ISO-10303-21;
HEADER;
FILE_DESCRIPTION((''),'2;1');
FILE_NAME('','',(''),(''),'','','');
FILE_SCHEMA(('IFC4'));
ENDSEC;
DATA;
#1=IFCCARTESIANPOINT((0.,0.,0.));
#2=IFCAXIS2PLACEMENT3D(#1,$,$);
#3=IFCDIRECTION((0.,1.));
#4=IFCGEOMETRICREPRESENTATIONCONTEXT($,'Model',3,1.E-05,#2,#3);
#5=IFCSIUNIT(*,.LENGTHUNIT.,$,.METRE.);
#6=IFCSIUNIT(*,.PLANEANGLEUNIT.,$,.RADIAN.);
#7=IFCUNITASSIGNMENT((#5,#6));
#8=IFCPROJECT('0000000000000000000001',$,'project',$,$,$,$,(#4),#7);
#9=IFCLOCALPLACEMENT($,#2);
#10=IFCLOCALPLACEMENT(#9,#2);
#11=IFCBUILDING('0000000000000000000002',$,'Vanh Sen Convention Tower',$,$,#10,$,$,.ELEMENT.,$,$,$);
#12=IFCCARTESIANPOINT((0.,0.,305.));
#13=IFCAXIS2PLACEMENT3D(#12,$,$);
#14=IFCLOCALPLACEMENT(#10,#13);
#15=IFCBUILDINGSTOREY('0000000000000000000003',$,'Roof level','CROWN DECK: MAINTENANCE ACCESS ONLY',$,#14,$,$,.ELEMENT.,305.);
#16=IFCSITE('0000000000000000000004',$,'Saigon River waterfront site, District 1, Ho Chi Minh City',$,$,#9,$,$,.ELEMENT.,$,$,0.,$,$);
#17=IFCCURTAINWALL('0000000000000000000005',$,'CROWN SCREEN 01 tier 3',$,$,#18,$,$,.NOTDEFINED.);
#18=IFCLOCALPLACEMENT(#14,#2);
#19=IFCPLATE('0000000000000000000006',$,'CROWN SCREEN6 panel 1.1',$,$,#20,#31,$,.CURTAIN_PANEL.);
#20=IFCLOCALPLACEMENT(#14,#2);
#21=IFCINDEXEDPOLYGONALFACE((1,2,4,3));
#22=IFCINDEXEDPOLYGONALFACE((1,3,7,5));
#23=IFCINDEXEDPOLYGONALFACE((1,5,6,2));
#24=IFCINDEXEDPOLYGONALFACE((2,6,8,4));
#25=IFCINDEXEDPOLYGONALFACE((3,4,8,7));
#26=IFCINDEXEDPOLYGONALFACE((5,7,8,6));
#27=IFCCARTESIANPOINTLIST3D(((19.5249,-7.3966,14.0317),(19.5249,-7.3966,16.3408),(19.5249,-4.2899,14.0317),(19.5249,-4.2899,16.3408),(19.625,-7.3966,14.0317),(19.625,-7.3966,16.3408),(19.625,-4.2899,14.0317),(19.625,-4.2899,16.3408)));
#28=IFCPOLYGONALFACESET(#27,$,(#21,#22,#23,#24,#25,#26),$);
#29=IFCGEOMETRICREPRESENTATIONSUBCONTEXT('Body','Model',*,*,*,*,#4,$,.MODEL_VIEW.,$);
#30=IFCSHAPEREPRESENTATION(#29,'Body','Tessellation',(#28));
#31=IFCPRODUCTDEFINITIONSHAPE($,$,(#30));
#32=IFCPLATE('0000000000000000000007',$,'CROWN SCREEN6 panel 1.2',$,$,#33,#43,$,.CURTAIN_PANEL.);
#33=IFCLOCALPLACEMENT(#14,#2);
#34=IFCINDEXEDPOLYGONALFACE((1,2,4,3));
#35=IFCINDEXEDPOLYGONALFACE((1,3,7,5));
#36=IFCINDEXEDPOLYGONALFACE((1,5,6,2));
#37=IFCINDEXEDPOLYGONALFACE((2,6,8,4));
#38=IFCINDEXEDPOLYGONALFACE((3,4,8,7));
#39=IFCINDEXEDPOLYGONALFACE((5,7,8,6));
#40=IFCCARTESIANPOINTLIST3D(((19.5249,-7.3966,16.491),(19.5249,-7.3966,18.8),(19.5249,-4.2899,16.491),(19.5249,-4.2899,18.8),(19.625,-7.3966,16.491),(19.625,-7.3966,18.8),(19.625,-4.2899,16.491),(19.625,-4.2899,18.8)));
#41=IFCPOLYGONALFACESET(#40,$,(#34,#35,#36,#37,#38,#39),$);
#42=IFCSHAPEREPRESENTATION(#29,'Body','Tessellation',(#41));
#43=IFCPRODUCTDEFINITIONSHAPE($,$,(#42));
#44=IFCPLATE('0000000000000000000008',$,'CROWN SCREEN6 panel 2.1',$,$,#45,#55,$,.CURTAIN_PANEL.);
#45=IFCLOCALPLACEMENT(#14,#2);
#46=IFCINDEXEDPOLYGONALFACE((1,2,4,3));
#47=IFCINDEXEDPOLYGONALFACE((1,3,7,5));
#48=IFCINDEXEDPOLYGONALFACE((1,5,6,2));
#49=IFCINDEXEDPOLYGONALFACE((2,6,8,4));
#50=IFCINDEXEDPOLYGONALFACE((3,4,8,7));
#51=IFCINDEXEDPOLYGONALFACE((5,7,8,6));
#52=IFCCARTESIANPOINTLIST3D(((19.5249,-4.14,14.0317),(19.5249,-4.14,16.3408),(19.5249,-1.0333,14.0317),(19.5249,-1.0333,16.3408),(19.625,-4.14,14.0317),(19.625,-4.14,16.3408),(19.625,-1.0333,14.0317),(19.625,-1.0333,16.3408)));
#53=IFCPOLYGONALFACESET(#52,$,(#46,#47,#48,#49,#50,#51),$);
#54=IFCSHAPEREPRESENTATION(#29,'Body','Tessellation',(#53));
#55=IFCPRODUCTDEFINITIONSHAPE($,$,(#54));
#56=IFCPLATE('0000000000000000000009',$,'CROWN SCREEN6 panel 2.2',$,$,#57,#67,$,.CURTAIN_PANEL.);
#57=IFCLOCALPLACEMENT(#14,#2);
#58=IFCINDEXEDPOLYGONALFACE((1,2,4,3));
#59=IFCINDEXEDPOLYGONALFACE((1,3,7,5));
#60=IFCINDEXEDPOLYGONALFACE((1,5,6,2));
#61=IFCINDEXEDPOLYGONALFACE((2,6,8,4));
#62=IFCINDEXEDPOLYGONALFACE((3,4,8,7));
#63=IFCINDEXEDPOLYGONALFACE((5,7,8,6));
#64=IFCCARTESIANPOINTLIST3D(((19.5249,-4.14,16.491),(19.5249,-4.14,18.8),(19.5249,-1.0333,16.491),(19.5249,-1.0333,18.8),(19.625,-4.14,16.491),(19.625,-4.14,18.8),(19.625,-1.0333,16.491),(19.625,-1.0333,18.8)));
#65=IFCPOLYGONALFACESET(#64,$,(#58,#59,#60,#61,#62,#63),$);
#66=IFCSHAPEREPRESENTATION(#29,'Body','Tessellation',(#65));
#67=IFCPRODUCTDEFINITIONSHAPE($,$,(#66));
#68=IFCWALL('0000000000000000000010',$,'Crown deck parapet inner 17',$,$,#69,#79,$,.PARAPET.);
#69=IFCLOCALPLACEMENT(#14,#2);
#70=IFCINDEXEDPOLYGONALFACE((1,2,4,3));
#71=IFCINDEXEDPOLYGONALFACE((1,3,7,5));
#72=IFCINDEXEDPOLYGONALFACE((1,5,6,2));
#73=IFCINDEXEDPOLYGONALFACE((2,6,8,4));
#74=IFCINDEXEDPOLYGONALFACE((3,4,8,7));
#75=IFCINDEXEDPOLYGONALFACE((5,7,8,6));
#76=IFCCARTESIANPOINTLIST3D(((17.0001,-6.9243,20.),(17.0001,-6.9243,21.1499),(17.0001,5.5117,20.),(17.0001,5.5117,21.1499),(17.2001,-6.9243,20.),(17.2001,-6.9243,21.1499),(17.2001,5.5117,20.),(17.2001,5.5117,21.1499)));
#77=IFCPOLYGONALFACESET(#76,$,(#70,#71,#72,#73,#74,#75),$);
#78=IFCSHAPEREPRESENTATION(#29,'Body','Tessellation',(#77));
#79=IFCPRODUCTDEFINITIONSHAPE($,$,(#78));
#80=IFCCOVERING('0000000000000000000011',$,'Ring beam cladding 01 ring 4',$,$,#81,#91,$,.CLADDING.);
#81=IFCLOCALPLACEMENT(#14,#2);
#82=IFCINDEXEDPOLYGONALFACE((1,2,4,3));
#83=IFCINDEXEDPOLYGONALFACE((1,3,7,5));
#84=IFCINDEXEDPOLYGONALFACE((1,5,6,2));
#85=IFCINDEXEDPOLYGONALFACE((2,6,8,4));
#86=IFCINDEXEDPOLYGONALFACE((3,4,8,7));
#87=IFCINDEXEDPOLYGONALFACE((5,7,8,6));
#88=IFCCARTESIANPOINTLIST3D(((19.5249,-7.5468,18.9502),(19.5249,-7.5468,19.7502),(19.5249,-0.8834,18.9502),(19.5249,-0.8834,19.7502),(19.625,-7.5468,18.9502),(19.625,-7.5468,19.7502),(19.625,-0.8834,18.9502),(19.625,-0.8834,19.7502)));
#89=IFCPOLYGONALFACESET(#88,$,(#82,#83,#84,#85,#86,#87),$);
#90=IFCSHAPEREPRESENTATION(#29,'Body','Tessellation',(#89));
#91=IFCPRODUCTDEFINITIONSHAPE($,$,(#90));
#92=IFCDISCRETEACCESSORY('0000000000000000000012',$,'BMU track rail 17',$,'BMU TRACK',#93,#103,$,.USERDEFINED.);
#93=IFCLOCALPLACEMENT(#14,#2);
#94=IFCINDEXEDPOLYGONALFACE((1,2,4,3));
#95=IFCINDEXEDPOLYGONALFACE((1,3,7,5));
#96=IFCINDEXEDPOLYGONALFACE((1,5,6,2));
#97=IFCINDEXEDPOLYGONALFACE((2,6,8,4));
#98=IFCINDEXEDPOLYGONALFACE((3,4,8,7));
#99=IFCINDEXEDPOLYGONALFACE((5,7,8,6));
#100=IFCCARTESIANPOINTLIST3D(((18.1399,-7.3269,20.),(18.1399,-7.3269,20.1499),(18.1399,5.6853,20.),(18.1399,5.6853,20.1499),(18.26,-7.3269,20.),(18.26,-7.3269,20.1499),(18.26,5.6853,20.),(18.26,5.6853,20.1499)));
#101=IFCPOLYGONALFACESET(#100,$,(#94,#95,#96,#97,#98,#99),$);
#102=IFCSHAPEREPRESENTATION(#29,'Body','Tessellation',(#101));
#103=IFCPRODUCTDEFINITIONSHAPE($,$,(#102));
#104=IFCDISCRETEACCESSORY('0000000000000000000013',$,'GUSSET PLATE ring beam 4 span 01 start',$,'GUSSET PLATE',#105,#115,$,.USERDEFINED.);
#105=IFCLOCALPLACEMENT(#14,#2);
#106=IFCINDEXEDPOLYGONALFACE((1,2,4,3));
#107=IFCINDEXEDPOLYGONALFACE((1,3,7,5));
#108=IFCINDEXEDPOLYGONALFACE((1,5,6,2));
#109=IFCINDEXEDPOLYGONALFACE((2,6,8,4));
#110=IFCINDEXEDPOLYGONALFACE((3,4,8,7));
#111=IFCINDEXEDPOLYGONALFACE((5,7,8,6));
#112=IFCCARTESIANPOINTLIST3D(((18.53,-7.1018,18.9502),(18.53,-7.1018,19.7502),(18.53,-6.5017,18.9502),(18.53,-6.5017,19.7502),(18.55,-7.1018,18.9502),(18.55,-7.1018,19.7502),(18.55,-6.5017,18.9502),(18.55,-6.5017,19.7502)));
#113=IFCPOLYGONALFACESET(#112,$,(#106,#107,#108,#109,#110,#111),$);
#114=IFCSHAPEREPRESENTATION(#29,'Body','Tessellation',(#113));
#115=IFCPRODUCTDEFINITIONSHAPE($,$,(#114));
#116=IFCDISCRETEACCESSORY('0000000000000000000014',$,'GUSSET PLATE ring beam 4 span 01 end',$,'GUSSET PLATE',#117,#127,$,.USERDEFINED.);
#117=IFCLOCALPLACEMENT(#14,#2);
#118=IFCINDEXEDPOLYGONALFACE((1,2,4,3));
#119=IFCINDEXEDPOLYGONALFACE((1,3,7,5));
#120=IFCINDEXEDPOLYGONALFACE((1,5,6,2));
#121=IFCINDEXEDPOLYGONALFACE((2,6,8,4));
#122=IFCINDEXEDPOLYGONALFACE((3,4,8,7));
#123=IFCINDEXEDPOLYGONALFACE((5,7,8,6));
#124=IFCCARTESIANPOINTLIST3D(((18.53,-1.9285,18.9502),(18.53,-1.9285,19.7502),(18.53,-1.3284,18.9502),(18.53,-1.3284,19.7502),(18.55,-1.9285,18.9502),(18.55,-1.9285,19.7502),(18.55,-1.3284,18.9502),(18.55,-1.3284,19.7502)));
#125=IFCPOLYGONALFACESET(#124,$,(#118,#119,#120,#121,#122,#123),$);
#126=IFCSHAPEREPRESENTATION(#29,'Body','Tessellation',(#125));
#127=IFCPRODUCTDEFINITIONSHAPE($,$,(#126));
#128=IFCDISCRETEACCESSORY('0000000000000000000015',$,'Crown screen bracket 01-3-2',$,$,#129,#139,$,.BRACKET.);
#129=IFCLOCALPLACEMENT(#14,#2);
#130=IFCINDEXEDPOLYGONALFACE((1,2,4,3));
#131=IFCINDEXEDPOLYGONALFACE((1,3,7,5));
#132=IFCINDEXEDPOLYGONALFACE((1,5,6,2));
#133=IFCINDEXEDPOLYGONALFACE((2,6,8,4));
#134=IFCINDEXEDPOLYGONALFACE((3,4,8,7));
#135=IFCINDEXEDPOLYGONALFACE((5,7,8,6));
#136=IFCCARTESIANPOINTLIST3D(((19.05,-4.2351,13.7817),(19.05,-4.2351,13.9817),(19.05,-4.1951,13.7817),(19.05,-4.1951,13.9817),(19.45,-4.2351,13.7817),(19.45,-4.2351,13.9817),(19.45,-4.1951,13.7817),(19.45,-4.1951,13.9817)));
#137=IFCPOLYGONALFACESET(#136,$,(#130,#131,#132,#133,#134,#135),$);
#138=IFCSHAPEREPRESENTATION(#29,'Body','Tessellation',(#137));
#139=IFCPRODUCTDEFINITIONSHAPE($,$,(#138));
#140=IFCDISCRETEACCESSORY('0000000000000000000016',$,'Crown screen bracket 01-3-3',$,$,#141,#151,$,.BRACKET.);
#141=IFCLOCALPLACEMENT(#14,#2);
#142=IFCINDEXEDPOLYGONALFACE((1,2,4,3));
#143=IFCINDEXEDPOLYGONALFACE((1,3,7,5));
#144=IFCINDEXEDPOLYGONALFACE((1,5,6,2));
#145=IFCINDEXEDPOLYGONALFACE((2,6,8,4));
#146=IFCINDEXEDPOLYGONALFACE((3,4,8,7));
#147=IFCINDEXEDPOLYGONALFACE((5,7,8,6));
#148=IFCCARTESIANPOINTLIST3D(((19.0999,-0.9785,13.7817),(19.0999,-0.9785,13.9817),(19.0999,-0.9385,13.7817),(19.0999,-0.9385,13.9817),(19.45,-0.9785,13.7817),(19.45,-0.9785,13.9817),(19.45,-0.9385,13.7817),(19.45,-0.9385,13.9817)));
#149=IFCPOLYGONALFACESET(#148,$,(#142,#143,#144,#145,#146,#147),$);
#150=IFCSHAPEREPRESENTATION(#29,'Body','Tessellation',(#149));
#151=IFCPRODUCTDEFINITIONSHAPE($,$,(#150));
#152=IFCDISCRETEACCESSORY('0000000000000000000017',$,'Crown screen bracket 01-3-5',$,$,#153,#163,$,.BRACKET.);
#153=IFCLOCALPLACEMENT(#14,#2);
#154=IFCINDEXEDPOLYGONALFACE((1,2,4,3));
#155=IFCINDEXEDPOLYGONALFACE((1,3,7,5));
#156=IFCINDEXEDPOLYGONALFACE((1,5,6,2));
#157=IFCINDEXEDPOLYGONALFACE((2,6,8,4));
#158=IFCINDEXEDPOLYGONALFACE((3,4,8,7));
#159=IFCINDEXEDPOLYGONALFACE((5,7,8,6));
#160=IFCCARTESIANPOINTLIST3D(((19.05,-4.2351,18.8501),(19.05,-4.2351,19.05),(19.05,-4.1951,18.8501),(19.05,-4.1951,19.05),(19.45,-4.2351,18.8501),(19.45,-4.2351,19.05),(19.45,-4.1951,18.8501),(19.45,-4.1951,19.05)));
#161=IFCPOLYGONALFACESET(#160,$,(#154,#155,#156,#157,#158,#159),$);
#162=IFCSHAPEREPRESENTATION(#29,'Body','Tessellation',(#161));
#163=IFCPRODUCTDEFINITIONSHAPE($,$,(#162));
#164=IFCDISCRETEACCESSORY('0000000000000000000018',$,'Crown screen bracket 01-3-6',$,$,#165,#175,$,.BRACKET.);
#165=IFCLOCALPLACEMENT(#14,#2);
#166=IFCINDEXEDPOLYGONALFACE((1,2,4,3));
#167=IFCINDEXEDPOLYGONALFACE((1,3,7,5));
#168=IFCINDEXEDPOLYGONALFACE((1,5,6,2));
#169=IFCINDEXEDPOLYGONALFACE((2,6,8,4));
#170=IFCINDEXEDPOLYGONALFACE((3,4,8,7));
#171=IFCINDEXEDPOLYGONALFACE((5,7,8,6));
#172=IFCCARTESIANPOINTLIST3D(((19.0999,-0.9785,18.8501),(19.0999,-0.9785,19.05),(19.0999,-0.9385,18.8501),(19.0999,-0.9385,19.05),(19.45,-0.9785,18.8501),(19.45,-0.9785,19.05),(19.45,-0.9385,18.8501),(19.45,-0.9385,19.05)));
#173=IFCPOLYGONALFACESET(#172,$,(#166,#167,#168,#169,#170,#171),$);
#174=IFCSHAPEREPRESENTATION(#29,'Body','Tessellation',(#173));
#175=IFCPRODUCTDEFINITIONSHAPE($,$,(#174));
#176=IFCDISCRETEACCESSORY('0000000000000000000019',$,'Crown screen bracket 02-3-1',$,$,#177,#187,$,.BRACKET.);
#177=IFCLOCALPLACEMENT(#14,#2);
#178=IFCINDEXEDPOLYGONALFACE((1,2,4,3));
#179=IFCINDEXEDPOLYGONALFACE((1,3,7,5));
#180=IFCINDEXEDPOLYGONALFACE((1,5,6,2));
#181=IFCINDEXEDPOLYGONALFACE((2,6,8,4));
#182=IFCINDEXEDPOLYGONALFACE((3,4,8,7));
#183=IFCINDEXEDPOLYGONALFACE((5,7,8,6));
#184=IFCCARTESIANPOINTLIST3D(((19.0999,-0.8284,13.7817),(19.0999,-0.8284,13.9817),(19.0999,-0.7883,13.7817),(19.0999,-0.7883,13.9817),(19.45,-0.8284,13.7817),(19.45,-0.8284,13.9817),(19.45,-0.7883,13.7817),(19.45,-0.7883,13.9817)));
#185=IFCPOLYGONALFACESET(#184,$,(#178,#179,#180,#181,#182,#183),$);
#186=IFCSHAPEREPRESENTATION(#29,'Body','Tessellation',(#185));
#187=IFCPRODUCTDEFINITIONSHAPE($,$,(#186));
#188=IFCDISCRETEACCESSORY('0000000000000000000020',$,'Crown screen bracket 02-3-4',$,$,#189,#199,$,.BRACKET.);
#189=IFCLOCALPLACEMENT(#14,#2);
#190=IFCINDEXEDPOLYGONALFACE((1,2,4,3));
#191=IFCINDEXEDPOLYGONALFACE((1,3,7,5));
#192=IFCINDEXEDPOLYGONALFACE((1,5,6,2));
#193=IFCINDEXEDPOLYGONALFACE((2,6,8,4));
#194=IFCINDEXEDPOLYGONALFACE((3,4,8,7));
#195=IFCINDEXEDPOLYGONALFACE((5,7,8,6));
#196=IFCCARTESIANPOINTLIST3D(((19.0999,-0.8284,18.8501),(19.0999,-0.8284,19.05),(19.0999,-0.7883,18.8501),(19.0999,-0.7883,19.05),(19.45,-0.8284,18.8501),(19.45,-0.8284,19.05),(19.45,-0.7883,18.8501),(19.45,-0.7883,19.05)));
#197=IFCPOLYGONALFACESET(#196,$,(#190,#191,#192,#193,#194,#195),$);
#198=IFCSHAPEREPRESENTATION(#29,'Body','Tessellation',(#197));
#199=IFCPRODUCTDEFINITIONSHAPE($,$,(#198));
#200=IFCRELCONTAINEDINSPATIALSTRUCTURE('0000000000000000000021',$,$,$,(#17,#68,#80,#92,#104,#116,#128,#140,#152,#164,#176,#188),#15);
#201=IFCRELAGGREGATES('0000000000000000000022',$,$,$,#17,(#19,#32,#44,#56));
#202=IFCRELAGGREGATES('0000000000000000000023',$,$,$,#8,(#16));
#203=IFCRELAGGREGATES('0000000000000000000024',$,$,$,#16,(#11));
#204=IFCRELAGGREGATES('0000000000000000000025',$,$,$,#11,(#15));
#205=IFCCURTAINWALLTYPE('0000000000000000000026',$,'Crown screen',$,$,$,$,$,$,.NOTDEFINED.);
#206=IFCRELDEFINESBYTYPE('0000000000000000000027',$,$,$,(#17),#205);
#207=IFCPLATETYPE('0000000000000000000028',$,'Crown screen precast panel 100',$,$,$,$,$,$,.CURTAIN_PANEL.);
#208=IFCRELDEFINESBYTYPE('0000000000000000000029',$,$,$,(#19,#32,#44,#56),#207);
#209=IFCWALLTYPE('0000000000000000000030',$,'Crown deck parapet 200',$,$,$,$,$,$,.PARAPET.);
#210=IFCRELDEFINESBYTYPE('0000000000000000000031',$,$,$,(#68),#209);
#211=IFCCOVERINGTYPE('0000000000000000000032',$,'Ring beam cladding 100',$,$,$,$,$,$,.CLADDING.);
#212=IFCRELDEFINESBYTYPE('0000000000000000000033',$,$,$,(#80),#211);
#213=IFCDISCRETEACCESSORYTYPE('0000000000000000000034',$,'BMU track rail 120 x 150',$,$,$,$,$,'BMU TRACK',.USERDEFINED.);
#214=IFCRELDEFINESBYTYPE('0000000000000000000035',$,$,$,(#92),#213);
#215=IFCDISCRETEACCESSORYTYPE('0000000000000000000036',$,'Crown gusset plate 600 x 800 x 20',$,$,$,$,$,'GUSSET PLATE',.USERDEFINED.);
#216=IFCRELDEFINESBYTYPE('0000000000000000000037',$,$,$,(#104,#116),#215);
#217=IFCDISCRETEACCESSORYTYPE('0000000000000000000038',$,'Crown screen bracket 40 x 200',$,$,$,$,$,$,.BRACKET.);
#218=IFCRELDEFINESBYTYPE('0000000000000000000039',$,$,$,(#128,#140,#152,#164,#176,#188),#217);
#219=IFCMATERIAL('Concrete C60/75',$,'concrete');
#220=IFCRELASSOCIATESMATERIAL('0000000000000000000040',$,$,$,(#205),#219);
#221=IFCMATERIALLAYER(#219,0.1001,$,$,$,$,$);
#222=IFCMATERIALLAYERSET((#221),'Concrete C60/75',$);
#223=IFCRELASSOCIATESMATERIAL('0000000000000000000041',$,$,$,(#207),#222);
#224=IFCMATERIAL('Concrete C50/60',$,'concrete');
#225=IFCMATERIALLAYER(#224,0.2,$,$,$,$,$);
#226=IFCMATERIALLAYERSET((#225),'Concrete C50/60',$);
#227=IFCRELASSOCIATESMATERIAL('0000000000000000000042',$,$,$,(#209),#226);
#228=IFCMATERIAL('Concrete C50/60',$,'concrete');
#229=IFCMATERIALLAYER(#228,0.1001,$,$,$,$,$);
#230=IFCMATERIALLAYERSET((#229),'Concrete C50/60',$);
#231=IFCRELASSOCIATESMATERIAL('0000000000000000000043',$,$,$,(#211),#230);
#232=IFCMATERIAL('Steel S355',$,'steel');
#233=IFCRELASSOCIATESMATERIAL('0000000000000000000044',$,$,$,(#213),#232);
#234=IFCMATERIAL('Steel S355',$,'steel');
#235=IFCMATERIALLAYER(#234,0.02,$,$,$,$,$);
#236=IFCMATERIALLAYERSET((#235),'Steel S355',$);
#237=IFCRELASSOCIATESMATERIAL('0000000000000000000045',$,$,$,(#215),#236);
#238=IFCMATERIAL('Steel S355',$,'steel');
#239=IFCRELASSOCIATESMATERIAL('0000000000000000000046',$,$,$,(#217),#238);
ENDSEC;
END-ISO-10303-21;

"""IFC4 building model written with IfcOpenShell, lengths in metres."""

from ifc_helpers import new_model, si_unit, direction, frame, frame_2d, origin, origin_2d, place, context, subcontext, project, spatial, rectangle, extrude, material, layer, layer_set, type_object, element, aggregate, save


model = new_model("IFC4")

# Units and contexts
model_context = context("Model", 3, precision=1e-05, world=origin(), true_north=direction((0.0, 1.0)))
body_context = subcontext(model_context, "Body", "Model", "MODEL_VIEW")
ifc_project = project(units=[si_unit("LENGTHUNIT", "METRE"), si_unit("PLANEANGLEUNIT", "RADIAN")], contexts=[model_context])

# Site, building, storey
site_placement = place(None, origin())
site = spatial("IfcSite", under=ifc_project, at=site_placement, Name="Saigon River waterfront site, District 1, Ho Chi Minh City", CompositionType="ELEMENT", RefElevation=0.0)
building_placement = place(site_placement, origin())
building = spatial("IfcBuilding", under=site, at=building_placement, Name="Vanh Sen Convention Tower", CompositionType="ELEMENT")
storey_placement = place(building_placement, frame((0.0, 0.0, 305.0)))
storey = spatial("IfcBuildingStorey", under=building, at=storey_placement, Name="Roof level", Description="CROWN DECK: MAINTENANCE ACCESS ONLY", CompositionType="ELEMENT", Elevation=305.0)

# Curtain wall
ifc_material_1 = material(Name="Concrete C60/75", Category="concrete")
curtain_wall_type = type_object("IfcCurtainWallType", Name="Crown screen", PredefinedType="NOTDEFINED", material=ifc_material_1)
curtain_wall_1_placement = place(storey_placement, origin())
curtain_wall_1 = element("IfcCurtainWall", 1, at=curtain_wall_1_placement, inside=storey, type_object=curtain_wall_type, Name="CROWN SCREEN 01 tier 3", PredefinedType="NOTDEFINED")

# Plates
ifc_layer_1 = layer(ifc_material_1, 0.1001)
ifc_layer_set_1 = layer_set([ifc_layer_1], Name="Concrete C60/75")
plate_type = type_object("IfcPlateType", Name="Crown screen precast panel 100", PredefinedType="CURTAIN_PANEL", material=ifc_layer_set_1)
plate_1_placement = place(storey_placement, frame((19.575, -5.8433, 14.0317), z_axis=(0.0, 0.0, 1.0), x_axis=(0.0, 1.0, 0.0)))
plate_1 = element("IfcPlate", 2, at=plate_1_placement, type_object=plate_type, Name="CROWN SCREEN6 panel 1.1", PredefinedType="CURTAIN_PANEL", context=body_context, shape_type="SweptSolid", body=[
    extrude(rectangle(XDim=3.1067, YDim=0.1001, at=origin_2d()), origin(), (0.0, 0.0, 1.0), 2.3091),
])
plate_2_placement = place(storey_placement, frame((19.575, -5.8433, 16.491), z_axis=(0.0, 0.0, 1.0), x_axis=(0.0, 1.0, 0.0)))
plate_2 = element("IfcPlate", 3, at=plate_2_placement, type_object=plate_type, Name="CROWN SCREEN6 panel 1.2", PredefinedType="CURTAIN_PANEL", context=body_context, shape_type="SweptSolid", body=[
    extrude(rectangle(XDim=3.1067, YDim=0.1001, at=origin_2d()), origin(), (0.0, 0.0, 1.0), 2.3091),
])
plate_3_placement = place(storey_placement, frame((19.575, -2.5867, 14.0317), z_axis=(0.0, 0.0, 1.0), x_axis=(0.0, 1.0, 0.0)))
plate_3 = element("IfcPlate", 4, at=plate_3_placement, type_object=plate_type, Name="CROWN SCREEN6 panel 2.1", PredefinedType="CURTAIN_PANEL", context=body_context, shape_type="SweptSolid", body=[
    extrude(rectangle(XDim=3.1067, YDim=0.1001, at=origin_2d()), origin(), (0.0, 0.0, 1.0), 2.3091),
])
plate_4_placement = place(storey_placement, frame((19.575, -2.5867, 16.491), z_axis=(0.0, 0.0, 1.0), x_axis=(0.0, 1.0, 0.0)))
plate_4 = element("IfcPlate", 5, at=plate_4_placement, type_object=plate_type, Name="CROWN SCREEN6 panel 2.2", PredefinedType="CURTAIN_PANEL", context=body_context, shape_type="SweptSolid", body=[
    extrude(rectangle(XDim=3.1067, YDim=0.1001, at=origin_2d()), origin(), (0.0, 0.0, 1.0), 2.3091),
])
aggregate(curtain_wall_1, [plate_1, plate_2, plate_3, plate_4])

# Wall
ifc_material_2 = material(Name="Concrete C50/60", Category="concrete")
ifc_layer_2 = layer(ifc_material_2, 0.2)
ifc_layer_set_2 = layer_set([ifc_layer_2], Name="Concrete C50/60")
wall_type = type_object("IfcWallType", Name="Crown deck parapet 200", PredefinedType="PARAPET", material=ifc_layer_set_2)
wall_placement = place(storey_placement, frame((17.1001, -6.9243, 20.0), z_axis=(0.0, 0.0, 1.0), x_axis=(0.0, 1.0, 0.0)))
element("IfcWall", 6, at=wall_placement, inside=storey, type_object=wall_type, Name="Crown deck parapet inner 17", PredefinedType="PARAPET", context=body_context, shape_type="SweptSolid", body=[
    extrude(rectangle(XDim=12.436, YDim=0.2, at=frame_2d((6.218, 0.0))), origin(), (0.0, 0.0, 1.0), 1.1499),
])

# Covering
ifc_material_3 = material(Name="Concrete C50/60", Category="concrete")
ifc_layer_3 = layer(ifc_material_3, 0.1001)
ifc_layer_set_3 = layer_set([ifc_layer_3], Name="Concrete C50/60")
covering_type = type_object("IfcCoveringType", Name="Ring beam cladding 100", PredefinedType="CLADDING", material=ifc_layer_set_3)
covering_placement = place(storey_placement, frame((19.575, -4.2151, 18.9502), z_axis=(0.0, 0.0, 1.0), x_axis=(0.0, 1.0, 0.0)))
element("IfcCovering", 7, at=covering_placement, inside=storey, type_object=covering_type, Name="Ring beam cladding 01 ring 4", PredefinedType="CLADDING", context=body_context, shape_type="SweptSolid", body=[
    extrude(rectangle(XDim=6.6633, YDim=0.1001, at=origin_2d()), origin(), (0.0, 0.0, 1.0), 0.8),
])

# Discrete accessories
ifc_material_4 = material(Name="Steel S355", Category="steel")
discrete_accessory_type_1 = type_object("IfcDiscreteAccessoryType", Name="BMU track rail 120 x 150", ElementType="BMU TRACK", PredefinedType="USERDEFINED", material=ifc_material_4)
discrete_accessory_1_placement = place(storey_placement, frame((18.2, -0.8208, 20.0), z_axis=(0.0, 0.0, 1.0), x_axis=(0.0, 1.0, 0.0)))
element("IfcDiscreteAccessory", 8, at=discrete_accessory_1_placement, inside=storey, type_object=discrete_accessory_type_1, Name="BMU track rail 17", ObjectType="BMU TRACK", PredefinedType="USERDEFINED", context=body_context, shape_type="SweptSolid", body=[
    extrude(rectangle(XDim=13.0122, YDim=0.1201, at=origin_2d()), origin(), (0.0, 0.0, 1.0), 0.1499),
])
ifc_material_5 = material(Name="Steel S355", Category="steel")
ifc_layer_4 = layer(ifc_material_5, 0.02)
ifc_layer_set_4 = layer_set([ifc_layer_4], Name="Steel S355")
discrete_accessory_type_2 = type_object("IfcDiscreteAccessoryType", Name="Crown gusset plate 600 x 800 x 20", ElementType="GUSSET PLATE", PredefinedType="USERDEFINED", material=ifc_layer_set_4)
for number, where, z_axis, x_axis, name in (
    (9, (18.54, -6.8018, 18.9502), (0.0, 0.0, 1.0), (0.0, 1.0, 0.0), "GUSSET PLATE ring beam 4 span 01 start"),
    (10, (18.54, -1.6284, 18.9502), (0.0, 0.0, 1.0), (0.0, -1.0, 0.0), "GUSSET PLATE ring beam 4 span 01 end"),
):
    element("IfcDiscreteAccessory", number, at=place(storey_placement, frame(where, z_axis=z_axis, x_axis=x_axis)), inside=storey, type_object=discrete_accessory_type_2, Name=name, ObjectType="GUSSET PLATE", PredefinedType="USERDEFINED", context=body_context, shape_type="SweptSolid", body=[
        extrude(rectangle(XDim=0.6001, YDim=0.02, at=origin_2d()), origin(), (0.0, 0.0, 1.0), 0.8),
    ])
ifc_material_6 = material(Name="Steel S355", Category="steel")
discrete_accessory_type_3 = type_object("IfcDiscreteAccessoryType", Name="Crown screen bracket 40 x 200", PredefinedType="BRACKET", material=ifc_material_6)
discrete_accessory_2_placement = place(storey_placement, frame((19.25, -4.2151, 13.7817), z_axis=(0.0, 0.0, 1.0), x_axis=(1.0, 0.0, 0.0)))
element("IfcDiscreteAccessory", 11, at=discrete_accessory_2_placement, inside=storey, type_object=discrete_accessory_type_3, Name="Crown screen bracket 01-3-2", PredefinedType="BRACKET", context=body_context, shape_type="SweptSolid", body=[
    extrude(rectangle(XDim=0.3999, YDim=0.04, at=origin_2d()), origin(), (0.0, 0.0, 1.0), 0.2),
])
discrete_accessory_3_placement = place(storey_placement, frame((19.2749, -0.9585, 13.7817), z_axis=(0.0, 0.0, 1.0), x_axis=(1.0, 0.0, 0.0)))
element("IfcDiscreteAccessory", 12, at=discrete_accessory_3_placement, inside=storey, type_object=discrete_accessory_type_3, Name="Crown screen bracket 01-3-3", PredefinedType="BRACKET", context=body_context, shape_type="SweptSolid", body=[
    extrude(rectangle(XDim=0.3501, YDim=0.04, at=origin_2d()), origin(), (0.0, 0.0, 1.0), 0.2),
])
discrete_accessory_4_placement = place(storey_placement, frame((19.25, -4.2151, 18.8501), z_axis=(0.0, 0.0, 1.0), x_axis=(1.0, 0.0, 0.0)))
element("IfcDiscreteAccessory", 13, at=discrete_accessory_4_placement, inside=storey, type_object=discrete_accessory_type_3, Name="Crown screen bracket 01-3-5", PredefinedType="BRACKET", context=body_context, shape_type="SweptSolid", body=[
    extrude(rectangle(XDim=0.3999, YDim=0.04, at=origin_2d()), origin(), (0.0, 0.0, 1.0), 0.2),
])
for number, where, z_axis, x_axis, name in (
    (14, (19.2749, -0.9585, 18.8501), (0.0, 0.0, 1.0), (1.0, 0.0, 0.0), "Crown screen bracket 01-3-6"),
    (15, (19.2749, -0.8083, 13.7817), (0.0, 0.0, 1.0), (1.0, 0.0, 0.0), "Crown screen bracket 02-3-1"),
    (16, (19.2749, -0.8083, 18.8501), (0.0, 0.0, 1.0), (1.0, 0.0, 0.0), "Crown screen bracket 02-3-4"),
):
    element("IfcDiscreteAccessory", number, at=place(storey_placement, frame(where, z_axis=z_axis, x_axis=x_axis)), inside=storey, type_object=discrete_accessory_type_3, Name=name, PredefinedType="BRACKET", context=body_context, shape_type="SweptSolid", body=[
        extrude(rectangle(XDim=0.3501, YDim=0.04, at=origin_2d()), origin(), (0.0, 0.0, 1.0), 0.2),
    ])

save(model, "model.ifc")
